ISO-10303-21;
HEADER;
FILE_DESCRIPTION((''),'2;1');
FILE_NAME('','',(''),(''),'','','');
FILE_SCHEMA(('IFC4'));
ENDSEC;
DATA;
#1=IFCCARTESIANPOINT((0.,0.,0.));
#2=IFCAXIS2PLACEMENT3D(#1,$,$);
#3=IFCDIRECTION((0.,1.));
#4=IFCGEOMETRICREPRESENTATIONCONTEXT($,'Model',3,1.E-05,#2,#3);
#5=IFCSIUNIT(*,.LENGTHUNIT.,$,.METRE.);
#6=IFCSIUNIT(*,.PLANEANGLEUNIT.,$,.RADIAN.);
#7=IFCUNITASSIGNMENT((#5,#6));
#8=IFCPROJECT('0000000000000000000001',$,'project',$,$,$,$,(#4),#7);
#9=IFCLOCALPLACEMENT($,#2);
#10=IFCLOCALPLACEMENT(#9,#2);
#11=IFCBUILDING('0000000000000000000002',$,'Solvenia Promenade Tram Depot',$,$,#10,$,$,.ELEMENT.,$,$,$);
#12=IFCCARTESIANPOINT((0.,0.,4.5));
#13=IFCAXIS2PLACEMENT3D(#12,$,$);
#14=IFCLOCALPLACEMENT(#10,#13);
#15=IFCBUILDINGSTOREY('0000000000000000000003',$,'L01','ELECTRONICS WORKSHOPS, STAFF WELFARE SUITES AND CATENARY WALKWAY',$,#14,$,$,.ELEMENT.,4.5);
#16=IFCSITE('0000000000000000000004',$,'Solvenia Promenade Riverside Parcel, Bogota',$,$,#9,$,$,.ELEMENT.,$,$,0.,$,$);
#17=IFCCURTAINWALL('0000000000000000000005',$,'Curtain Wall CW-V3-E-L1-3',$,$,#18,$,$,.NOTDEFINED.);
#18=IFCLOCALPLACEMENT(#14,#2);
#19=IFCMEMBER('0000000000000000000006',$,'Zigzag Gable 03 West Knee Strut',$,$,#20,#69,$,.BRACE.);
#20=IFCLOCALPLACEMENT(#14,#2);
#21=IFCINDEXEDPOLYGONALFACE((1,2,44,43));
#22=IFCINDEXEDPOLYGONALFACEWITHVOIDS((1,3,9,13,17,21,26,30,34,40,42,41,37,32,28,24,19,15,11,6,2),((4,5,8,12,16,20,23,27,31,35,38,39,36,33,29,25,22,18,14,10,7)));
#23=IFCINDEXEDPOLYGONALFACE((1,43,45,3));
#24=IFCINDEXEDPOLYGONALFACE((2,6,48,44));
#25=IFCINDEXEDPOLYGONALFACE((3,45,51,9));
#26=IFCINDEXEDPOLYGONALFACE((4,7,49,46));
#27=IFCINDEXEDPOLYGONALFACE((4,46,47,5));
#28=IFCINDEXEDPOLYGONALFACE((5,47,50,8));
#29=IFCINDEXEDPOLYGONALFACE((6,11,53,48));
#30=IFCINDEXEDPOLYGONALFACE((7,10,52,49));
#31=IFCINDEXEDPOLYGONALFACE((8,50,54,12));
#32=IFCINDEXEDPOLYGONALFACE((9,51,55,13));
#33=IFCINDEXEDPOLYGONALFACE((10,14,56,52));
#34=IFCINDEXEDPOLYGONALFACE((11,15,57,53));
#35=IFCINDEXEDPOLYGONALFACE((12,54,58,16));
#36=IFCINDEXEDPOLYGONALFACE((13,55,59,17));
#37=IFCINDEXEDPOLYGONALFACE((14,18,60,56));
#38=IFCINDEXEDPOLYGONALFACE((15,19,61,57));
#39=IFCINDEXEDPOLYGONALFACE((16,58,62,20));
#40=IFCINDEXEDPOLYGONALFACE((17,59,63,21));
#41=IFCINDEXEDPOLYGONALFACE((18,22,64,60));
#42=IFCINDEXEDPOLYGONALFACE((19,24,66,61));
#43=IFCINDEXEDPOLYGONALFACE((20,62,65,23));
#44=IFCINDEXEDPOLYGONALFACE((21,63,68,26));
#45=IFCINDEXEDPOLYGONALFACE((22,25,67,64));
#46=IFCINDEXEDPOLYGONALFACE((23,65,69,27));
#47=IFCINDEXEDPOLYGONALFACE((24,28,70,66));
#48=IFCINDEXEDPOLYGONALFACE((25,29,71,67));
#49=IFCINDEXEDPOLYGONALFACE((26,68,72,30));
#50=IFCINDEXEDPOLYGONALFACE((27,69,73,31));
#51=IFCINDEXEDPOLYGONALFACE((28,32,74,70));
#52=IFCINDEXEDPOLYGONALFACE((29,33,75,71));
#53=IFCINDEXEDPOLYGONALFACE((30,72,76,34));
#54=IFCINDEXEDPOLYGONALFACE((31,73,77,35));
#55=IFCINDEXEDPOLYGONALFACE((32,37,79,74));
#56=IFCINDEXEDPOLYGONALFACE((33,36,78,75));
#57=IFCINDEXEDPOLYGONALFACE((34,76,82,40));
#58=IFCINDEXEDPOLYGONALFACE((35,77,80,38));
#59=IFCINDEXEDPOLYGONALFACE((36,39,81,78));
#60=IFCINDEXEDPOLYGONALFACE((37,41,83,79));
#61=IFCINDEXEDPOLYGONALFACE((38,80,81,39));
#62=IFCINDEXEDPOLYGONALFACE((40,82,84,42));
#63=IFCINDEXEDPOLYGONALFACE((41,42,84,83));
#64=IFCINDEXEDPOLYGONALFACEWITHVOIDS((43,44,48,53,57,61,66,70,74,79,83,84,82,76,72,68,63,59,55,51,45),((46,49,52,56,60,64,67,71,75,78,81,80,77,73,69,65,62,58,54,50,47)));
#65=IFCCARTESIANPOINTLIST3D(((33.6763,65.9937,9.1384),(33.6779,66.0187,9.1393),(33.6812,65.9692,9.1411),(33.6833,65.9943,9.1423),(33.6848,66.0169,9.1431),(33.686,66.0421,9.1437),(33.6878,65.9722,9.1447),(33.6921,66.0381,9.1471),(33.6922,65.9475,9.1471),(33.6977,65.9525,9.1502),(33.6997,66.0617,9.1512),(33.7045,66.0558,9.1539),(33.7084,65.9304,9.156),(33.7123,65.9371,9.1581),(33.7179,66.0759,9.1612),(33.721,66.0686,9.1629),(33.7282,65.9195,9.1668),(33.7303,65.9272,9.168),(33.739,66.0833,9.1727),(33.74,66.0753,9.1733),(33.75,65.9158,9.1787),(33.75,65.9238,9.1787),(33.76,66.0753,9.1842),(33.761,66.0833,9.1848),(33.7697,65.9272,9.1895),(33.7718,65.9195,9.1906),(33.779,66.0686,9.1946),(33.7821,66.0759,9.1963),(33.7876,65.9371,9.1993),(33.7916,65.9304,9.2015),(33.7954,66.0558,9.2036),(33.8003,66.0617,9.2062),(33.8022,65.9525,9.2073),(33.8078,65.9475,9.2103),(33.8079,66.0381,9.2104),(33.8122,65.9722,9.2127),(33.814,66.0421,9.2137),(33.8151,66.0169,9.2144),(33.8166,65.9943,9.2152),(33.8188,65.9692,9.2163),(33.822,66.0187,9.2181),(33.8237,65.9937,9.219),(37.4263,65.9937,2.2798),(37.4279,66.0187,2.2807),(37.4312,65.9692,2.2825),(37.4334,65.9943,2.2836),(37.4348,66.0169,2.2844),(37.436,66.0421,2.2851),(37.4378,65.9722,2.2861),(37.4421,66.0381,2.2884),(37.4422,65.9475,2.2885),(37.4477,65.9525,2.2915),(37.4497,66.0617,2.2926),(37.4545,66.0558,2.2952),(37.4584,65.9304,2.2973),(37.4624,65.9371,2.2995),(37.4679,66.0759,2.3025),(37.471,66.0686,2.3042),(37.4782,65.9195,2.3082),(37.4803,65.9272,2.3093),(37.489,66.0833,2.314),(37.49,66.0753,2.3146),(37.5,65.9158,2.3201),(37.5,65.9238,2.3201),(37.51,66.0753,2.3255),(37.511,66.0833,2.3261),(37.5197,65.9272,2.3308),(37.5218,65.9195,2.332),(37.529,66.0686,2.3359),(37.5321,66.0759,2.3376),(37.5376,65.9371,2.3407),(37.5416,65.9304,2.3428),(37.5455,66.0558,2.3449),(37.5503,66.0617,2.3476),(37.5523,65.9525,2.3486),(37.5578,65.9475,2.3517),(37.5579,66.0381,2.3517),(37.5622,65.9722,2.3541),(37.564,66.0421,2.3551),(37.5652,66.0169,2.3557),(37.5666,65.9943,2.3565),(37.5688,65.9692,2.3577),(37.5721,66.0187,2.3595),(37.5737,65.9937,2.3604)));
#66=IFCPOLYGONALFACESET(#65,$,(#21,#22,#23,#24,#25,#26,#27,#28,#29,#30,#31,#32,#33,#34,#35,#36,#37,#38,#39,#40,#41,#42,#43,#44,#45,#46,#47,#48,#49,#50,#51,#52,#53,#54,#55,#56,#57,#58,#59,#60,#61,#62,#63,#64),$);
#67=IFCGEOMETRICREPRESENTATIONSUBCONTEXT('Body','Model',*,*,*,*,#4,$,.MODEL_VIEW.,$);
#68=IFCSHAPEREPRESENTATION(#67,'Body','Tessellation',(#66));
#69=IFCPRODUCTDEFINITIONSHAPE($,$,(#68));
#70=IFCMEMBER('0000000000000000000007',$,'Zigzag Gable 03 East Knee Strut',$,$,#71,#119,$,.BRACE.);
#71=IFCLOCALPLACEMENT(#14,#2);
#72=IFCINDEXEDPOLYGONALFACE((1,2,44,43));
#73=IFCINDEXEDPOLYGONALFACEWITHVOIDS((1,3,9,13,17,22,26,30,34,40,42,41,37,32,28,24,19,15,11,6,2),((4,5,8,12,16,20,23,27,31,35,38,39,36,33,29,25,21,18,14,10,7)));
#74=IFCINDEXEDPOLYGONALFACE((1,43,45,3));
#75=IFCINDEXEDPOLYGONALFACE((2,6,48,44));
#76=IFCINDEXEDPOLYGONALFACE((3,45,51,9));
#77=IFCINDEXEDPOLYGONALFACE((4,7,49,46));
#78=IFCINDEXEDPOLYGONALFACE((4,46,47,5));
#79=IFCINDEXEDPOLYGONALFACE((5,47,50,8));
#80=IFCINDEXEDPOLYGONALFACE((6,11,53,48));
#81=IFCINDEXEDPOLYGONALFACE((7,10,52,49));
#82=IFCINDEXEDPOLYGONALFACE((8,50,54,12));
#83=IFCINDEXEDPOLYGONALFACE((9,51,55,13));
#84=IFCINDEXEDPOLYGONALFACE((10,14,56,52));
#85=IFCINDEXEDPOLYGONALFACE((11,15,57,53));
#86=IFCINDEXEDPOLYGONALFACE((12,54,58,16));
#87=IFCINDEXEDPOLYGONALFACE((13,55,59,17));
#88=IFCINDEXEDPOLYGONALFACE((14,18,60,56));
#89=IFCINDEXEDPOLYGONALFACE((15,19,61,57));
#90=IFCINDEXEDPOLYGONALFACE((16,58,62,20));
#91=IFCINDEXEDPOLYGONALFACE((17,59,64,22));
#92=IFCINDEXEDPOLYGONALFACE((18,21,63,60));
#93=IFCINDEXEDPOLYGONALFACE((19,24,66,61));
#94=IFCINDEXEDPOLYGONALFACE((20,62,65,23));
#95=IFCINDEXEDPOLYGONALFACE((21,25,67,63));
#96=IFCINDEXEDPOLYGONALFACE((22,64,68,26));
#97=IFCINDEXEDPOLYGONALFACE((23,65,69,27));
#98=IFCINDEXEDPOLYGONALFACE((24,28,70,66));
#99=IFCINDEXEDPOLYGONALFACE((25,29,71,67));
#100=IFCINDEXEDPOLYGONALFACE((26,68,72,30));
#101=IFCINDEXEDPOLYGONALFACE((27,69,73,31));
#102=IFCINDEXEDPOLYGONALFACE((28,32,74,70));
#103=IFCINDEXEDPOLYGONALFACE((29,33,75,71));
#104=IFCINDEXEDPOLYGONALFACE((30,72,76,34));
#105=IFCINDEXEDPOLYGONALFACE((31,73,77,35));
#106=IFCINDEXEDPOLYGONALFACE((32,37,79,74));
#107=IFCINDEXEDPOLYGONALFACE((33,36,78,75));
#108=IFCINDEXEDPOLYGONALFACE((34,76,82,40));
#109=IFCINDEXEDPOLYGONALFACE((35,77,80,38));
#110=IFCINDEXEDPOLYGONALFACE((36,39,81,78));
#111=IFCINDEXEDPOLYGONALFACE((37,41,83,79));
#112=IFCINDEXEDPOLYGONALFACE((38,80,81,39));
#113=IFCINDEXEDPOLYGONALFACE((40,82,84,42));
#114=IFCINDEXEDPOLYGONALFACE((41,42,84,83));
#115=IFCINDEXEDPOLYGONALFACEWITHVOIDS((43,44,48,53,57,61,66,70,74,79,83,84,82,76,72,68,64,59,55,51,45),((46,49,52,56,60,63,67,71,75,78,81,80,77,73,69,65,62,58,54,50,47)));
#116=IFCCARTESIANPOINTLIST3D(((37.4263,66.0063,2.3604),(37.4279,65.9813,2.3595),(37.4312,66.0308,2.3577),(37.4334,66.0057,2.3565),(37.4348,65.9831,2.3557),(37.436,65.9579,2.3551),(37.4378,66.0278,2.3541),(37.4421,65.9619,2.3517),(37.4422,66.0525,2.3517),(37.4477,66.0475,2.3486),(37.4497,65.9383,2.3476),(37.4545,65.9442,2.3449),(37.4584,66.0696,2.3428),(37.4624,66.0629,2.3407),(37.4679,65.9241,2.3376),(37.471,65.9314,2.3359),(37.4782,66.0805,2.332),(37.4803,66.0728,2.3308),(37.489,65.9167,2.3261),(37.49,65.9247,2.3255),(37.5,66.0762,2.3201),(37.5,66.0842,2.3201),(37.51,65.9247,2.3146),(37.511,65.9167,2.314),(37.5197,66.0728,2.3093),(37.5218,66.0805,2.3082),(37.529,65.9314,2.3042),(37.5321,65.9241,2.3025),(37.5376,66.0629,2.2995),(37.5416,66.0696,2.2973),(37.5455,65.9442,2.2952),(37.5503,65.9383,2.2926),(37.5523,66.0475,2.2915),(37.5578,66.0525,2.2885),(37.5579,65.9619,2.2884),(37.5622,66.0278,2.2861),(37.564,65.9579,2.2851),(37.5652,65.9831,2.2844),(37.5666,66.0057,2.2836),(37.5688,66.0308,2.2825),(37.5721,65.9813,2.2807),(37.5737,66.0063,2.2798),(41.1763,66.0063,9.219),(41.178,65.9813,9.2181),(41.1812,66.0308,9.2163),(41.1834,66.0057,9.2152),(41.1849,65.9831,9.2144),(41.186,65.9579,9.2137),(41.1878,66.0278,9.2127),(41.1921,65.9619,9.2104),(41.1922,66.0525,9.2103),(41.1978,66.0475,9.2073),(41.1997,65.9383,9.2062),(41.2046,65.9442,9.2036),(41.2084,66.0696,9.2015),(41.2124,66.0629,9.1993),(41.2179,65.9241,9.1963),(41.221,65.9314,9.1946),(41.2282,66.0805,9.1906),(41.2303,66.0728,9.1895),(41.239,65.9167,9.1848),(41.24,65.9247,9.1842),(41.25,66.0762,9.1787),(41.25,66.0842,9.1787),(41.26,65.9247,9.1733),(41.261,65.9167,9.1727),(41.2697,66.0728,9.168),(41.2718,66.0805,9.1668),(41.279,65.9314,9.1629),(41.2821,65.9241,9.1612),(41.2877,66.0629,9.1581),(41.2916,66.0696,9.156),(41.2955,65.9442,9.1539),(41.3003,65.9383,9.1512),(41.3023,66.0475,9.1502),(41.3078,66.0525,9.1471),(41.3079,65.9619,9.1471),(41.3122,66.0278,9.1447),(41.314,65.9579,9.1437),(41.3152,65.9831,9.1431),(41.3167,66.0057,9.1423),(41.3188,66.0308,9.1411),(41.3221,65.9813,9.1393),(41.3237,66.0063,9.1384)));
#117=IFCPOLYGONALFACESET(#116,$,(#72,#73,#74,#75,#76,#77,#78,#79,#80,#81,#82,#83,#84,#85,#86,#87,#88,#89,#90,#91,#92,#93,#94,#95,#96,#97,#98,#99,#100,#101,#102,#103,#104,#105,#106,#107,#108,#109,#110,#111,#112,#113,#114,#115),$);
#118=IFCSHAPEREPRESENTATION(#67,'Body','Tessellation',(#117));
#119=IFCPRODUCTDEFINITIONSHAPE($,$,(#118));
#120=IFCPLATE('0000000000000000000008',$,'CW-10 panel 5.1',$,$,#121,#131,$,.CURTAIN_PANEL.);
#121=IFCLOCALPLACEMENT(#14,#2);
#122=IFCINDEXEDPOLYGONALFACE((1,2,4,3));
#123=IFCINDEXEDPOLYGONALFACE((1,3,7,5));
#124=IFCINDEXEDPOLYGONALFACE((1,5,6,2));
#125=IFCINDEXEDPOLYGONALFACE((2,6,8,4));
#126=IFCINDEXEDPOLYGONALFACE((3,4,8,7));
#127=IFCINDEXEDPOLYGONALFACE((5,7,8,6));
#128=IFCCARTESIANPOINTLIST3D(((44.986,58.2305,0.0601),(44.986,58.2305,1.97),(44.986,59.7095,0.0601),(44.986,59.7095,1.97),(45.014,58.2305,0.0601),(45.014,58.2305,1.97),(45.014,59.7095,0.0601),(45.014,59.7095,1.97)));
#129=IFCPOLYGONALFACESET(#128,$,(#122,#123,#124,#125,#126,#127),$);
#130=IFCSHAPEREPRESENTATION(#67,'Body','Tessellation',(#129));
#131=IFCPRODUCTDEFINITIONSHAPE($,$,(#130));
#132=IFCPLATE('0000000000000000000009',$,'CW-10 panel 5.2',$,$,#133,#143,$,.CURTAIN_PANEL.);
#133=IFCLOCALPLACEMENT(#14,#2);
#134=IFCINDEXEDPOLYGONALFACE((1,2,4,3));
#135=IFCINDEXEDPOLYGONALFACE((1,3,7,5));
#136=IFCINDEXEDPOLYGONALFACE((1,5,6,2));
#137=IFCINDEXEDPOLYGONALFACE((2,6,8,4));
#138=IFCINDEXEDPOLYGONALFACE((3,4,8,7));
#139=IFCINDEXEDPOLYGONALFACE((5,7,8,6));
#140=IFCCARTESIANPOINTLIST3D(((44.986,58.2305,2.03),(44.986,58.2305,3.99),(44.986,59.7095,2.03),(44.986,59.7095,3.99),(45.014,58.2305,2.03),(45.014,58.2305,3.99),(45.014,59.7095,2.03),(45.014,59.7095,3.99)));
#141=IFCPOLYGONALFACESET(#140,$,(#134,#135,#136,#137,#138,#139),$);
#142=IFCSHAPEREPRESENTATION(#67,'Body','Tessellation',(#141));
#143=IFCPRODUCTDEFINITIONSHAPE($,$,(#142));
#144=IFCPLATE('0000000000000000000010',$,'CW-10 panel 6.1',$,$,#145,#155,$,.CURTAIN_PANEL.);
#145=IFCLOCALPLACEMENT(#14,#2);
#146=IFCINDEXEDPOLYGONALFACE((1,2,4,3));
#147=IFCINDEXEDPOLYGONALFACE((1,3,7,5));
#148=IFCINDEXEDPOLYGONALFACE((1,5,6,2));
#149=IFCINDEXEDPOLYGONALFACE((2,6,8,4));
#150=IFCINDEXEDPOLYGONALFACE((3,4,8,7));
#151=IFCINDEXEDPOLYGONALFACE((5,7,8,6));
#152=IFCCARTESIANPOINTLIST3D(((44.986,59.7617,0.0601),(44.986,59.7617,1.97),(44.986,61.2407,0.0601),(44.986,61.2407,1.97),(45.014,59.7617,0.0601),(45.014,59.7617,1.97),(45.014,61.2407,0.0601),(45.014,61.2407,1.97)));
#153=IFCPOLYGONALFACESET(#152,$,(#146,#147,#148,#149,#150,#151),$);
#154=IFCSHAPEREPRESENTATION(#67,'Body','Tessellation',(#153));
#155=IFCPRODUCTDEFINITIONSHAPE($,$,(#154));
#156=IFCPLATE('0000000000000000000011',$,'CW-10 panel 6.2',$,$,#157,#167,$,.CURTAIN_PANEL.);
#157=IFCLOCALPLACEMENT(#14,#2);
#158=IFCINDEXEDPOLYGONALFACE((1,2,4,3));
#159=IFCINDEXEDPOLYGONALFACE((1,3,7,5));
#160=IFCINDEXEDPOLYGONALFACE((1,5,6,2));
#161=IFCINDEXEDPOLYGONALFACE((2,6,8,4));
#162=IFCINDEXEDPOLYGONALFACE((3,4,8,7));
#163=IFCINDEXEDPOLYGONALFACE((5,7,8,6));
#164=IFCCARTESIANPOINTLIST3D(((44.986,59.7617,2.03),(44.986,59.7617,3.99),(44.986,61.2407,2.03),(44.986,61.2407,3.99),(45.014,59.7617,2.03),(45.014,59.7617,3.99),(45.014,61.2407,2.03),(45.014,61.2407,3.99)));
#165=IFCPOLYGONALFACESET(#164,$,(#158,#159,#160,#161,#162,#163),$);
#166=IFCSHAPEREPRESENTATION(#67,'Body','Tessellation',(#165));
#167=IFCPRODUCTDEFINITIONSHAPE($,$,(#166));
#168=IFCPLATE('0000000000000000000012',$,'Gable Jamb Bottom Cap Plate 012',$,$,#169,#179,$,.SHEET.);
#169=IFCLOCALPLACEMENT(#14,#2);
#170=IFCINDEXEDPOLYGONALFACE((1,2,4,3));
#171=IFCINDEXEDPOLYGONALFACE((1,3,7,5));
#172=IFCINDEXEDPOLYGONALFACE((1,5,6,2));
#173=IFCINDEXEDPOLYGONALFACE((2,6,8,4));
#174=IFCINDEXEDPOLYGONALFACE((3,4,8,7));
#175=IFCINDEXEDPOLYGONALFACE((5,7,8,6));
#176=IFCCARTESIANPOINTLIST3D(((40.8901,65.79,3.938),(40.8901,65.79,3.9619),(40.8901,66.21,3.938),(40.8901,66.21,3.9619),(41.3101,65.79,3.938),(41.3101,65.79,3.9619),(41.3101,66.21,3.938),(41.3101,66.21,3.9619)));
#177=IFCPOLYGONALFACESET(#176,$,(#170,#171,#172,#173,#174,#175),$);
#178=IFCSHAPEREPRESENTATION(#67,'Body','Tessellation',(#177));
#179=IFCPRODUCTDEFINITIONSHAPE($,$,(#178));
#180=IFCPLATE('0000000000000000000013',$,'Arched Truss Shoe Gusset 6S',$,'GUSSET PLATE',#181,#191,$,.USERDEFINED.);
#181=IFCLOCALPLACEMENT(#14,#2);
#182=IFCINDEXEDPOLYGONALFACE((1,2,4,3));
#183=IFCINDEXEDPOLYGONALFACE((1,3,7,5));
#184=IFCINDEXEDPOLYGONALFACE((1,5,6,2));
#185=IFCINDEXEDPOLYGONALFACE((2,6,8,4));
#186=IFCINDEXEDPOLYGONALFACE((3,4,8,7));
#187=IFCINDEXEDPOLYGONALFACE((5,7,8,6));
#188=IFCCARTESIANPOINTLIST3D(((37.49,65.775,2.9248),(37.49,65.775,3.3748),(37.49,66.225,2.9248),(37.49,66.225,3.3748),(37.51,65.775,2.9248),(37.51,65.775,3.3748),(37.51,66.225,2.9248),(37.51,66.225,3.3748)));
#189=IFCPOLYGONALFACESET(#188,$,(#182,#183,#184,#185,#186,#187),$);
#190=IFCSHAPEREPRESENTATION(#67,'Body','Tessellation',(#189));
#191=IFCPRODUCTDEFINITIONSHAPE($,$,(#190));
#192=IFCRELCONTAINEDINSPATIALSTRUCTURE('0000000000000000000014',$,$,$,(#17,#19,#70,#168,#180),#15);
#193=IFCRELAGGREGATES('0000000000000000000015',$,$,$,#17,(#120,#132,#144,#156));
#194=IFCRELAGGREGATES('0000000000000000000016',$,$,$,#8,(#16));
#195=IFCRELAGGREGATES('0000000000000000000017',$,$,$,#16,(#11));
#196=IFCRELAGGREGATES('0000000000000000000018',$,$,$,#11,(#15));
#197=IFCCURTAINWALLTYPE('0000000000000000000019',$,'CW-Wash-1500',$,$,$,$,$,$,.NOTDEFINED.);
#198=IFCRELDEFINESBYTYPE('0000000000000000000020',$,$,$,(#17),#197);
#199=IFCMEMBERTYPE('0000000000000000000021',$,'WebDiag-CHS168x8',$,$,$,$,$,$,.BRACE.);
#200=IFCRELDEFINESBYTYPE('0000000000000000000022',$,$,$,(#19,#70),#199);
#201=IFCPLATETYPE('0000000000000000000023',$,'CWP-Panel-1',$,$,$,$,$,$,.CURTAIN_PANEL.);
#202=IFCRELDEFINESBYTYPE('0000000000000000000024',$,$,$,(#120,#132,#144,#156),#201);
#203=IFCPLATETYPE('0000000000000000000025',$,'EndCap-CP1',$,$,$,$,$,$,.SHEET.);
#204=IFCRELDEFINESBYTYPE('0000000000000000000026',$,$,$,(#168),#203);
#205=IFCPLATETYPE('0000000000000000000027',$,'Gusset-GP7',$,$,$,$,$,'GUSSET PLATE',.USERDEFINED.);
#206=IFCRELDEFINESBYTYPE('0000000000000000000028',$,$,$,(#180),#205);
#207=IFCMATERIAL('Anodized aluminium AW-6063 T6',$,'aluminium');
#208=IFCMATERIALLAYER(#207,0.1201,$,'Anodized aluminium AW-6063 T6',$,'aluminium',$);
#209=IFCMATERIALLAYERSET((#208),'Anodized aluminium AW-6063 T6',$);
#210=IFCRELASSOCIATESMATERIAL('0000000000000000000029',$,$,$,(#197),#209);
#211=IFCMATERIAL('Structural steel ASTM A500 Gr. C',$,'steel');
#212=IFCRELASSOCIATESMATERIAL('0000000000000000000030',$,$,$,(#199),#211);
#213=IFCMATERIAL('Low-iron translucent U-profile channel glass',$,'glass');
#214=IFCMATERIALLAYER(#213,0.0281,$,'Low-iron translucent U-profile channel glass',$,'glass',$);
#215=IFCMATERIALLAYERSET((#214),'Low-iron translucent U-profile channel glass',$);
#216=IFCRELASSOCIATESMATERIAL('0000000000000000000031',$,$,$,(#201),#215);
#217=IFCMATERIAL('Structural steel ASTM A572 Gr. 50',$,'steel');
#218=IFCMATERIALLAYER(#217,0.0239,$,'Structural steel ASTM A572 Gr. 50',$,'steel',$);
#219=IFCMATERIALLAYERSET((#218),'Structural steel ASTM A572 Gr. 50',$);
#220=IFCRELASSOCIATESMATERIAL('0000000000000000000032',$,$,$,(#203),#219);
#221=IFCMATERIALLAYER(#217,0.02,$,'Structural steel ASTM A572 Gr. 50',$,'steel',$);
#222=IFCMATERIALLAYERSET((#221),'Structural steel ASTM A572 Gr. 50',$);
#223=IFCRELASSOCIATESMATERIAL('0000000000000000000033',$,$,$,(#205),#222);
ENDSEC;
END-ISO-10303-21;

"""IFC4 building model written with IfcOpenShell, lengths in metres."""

from ifc_helpers import new_model, si_unit, direction, frame, origin, origin_2d, place, context, subcontext, project, spatial, rectangle, hollow_circle, extrude, material, layer, layer_set, material_profile, profile_set, type_object, element, aggregate, save


model = new_model("IFC4")

# Units and contexts
model_context = context("Model", 3, precision=1e-05, world=origin(), true_north=direction((0.0, 1.0)))
body_context = subcontext(model_context, "Body", "Model", "MODEL_VIEW")
ifc_project = project(units=[si_unit("LENGTHUNIT", "METRE"), si_unit("PLANEANGLEUNIT", "RADIAN")], contexts=[model_context])

# Site, building, storey
site_placement = place(None, origin())
site = spatial("IfcSite", under=ifc_project, at=site_placement, Name="Solvenia Promenade Riverside Parcel, Bogota", CompositionType="ELEMENT", RefElevation=0.0)
building_placement = place(site_placement, origin())
building = spatial("IfcBuilding", under=site, at=building_placement, Name="Solvenia Promenade Tram Depot", CompositionType="ELEMENT")
storey_placement = place(building_placement, frame((0.0, 0.0, 4.5)))
storey = spatial("IfcBuildingStorey", under=building, at=storey_placement, Name="L01", Description="ELECTRONICS WORKSHOPS, STAFF WELFARE SUITES AND CATENARY WALKWAY", CompositionType="ELEMENT", Elevation=4.5)

# Shared definitions
ifc_material_1 = material(Name="Structural steel ASTM A500 Gr. C", Category="steel")

# Curtain wall
ifc_material_2 = material(Name="Anodized aluminium AW-6063 T6", Category="aluminium")
ifc_layer_1 = layer(ifc_material_2, 0.1201, Name="Anodized aluminium AW-6063 T6", Category="aluminium")
ifc_layer_set_1 = layer_set([ifc_layer_1], Name="Anodized aluminium AW-6063 T6")
curtain_wall_type = type_object("IfcCurtainWallType", Name="CW-Wash-1500", PredefinedType="NOTDEFINED", material=ifc_layer_set_1)
curtain_wall_placement = place(storey_placement, origin())
curtain_wall = element("IfcCurtainWall", 1, at=curtain_wall_placement, inside=storey, type_object=curtain_wall_type, Name="Curtain Wall CW-V3-E-L1-3", PredefinedType="NOTDEFINED")

# Members
ifc_material_profile_1 = material_profile(ifc_material_1, hollow_circle(Radius=0.0842, WallThickness=0.0081, at=origin_2d()), Name="CHS168.3x8", Category="steel")
ifc_profile_set_1 = profile_set([ifc_material_profile_1], Name="Structural steel ASTM A500 Gr. C")
member_type_1 = type_object("IfcMemberType", Name="WebDiag-CHS168x8", PredefinedType="BRACE", material=ifc_profile_set_1)
for number, where, z_axis, x_axis, name in (
    (2, (37.5, 66.0, 2.3201), (-0.479732, 0.0, 0.877415), (0.0, -1.0, 0.0), "Zigzag Gable 03 West Knee Strut"),
    (3, (37.5, 66.0, 2.3201), (0.479732, 0.0, 0.877415), (0.0, 1.0, 0.0), "Zigzag Gable 03 East Knee Strut"),
):
    element("IfcMember", number, at=place(storey_placement, frame(where, z_axis=z_axis, x_axis=x_axis)), inside=storey, type_object=member_type_1, Name=name, PredefinedType="BRACE", context=body_context, shape_type="SweptSolid", body=[
        extrude(hollow_circle(Radius=0.0842, WallThickness=0.0081, at=origin_2d()), origin(), (0.0, 0.0, 1.0), 7.8169),
    ])

# Plates
ifc_material_3 = material(Name="Low-iron translucent U-profile channel glass", Category="glass")
ifc_layer_2 = layer(ifc_material_3, 0.0281, Name="Low-iron translucent U-profile channel glass", Category="glass")
ifc_layer_set_2 = layer_set([ifc_layer_2], Name="Low-iron translucent U-profile channel glass")
plate_type_1 = type_object("IfcPlateType", Name="CWP-Panel-1", PredefinedType="CURTAIN_PANEL", material=ifc_layer_set_2)
plate_1_placement = place(storey_placement, frame((45.0, 58.97, 0.0601), z_axis=(0.0, 0.0, 1.0), x_axis=(0.0, 1.0, 0.0)))
plate_1 = element("IfcPlate", 4, at=plate_1_placement, type_object=plate_type_1, Name="CW-10 panel 5.1", PredefinedType="CURTAIN_PANEL", context=body_context, shape_type="SweptSolid", body=[
    extrude(rectangle(XDim=1.479, YDim=0.0281, at=origin_2d()), origin(), (0.0, 0.0, 1.0), 1.9099),
])
plate_2_placement = place(storey_placement, frame((45.0, 58.97, 2.03), z_axis=(0.0, 0.0, 1.0), x_axis=(0.0, 1.0, 0.0)))
plate_2 = element("IfcPlate", 5, at=plate_2_placement, type_object=plate_type_1, Name="CW-10 panel 5.2", PredefinedType="CURTAIN_PANEL", context=body_context, shape_type="SweptSolid", body=[
    extrude(rectangle(XDim=1.479, YDim=0.0281, at=origin_2d()), origin(), (0.0, 0.0, 1.0), 1.96),
])
plate_3_placement = place(storey_placement, frame((45.0, 60.5012, 0.0601), z_axis=(0.0, 0.0, 1.0), x_axis=(0.0, 1.0, 0.0)))
plate_3 = element("IfcPlate", 6, at=plate_3_placement, type_object=plate_type_1, Name="CW-10 panel 6.1", PredefinedType="CURTAIN_PANEL", context=body_context, shape_type="SweptSolid", body=[
    extrude(rectangle(XDim=1.479, YDim=0.0281, at=origin_2d()), origin(), (0.0, 0.0, 1.0), 1.9099),
])
plate_4_placement = place(storey_placement, frame((45.0, 60.5012, 2.03), z_axis=(0.0, 0.0, 1.0), x_axis=(0.0, 1.0, 0.0)))
plate_4 = element("IfcPlate", 7, at=plate_4_placement, type_object=plate_type_1, Name="CW-10 panel 6.2", PredefinedType="CURTAIN_PANEL", context=body_context, shape_type="SweptSolid", body=[
    extrude(rectangle(XDim=1.479, YDim=0.0281, at=origin_2d()), origin(), (0.0, 0.0, 1.0), 1.96),
])
aggregate(curtain_wall, [plate_1, plate_2, plate_3, plate_4])

# Plates
ifc_material_4 = material(Name="Structural steel ASTM A572 Gr. 50", Category="steel")
ifc_layer_3 = layer(ifc_material_4, 0.0239, Name="Structural steel ASTM A572 Gr. 50", Category="steel")
ifc_layer_set_3 = layer_set([ifc_layer_3], Name="Structural steel ASTM A572 Gr. 50")
plate_type_2 = type_object("IfcPlateType", Name="EndCap-CP1", PredefinedType="SHEET", material=ifc_layer_set_3)
plate_5_placement = place(storey_placement, frame((41.1001, 66.0, 3.938), z_axis=(0.0, 0.0, 1.0), x_axis=(1.0, 0.0, 0.0)))
element("IfcPlate", 8, at=plate_5_placement, inside=storey, type_object=plate_type_2, Name="Gable Jamb Bottom Cap Plate 012", PredefinedType="SHEET", context=body_context, shape_type="SweptSolid", body=[
    extrude(rectangle(XDim=0.4199, YDim=0.4199, at=origin_2d()), origin(), (0.0, 0.0, 1.0), 0.0239),
])
ifc_layer_4 = layer(ifc_material_4, 0.02, Name="Structural steel ASTM A572 Gr. 50", Category="steel")
ifc_layer_set_4 = layer_set([ifc_layer_4], Name="Structural steel ASTM A572 Gr. 50")
plate_type_3 = type_object("IfcPlateType", Name="Gusset-GP7", ElementType="GUSSET PLATE", PredefinedType="USERDEFINED", material=ifc_layer_set_4)
plate_6_placement = place(storey_placement, frame((37.5, 66.0, 2.9248), z_axis=(0.0, 0.0, 1.0), x_axis=(1.0, 0.0, 0.0)))
element("IfcPlate", 9, at=plate_6_placement, inside=storey, type_object=plate_type_3, Name="Arched Truss Shoe Gusset 6S", ObjectType="GUSSET PLATE", PredefinedType="USERDEFINED", context=body_context, shape_type="SweptSolid", body=[
    extrude(rectangle(XDim=0.02, YDim=0.45, at=origin_2d()), origin(), (0.0, 0.0, 1.0), 0.45),
])

save(model, "model.ifc")
